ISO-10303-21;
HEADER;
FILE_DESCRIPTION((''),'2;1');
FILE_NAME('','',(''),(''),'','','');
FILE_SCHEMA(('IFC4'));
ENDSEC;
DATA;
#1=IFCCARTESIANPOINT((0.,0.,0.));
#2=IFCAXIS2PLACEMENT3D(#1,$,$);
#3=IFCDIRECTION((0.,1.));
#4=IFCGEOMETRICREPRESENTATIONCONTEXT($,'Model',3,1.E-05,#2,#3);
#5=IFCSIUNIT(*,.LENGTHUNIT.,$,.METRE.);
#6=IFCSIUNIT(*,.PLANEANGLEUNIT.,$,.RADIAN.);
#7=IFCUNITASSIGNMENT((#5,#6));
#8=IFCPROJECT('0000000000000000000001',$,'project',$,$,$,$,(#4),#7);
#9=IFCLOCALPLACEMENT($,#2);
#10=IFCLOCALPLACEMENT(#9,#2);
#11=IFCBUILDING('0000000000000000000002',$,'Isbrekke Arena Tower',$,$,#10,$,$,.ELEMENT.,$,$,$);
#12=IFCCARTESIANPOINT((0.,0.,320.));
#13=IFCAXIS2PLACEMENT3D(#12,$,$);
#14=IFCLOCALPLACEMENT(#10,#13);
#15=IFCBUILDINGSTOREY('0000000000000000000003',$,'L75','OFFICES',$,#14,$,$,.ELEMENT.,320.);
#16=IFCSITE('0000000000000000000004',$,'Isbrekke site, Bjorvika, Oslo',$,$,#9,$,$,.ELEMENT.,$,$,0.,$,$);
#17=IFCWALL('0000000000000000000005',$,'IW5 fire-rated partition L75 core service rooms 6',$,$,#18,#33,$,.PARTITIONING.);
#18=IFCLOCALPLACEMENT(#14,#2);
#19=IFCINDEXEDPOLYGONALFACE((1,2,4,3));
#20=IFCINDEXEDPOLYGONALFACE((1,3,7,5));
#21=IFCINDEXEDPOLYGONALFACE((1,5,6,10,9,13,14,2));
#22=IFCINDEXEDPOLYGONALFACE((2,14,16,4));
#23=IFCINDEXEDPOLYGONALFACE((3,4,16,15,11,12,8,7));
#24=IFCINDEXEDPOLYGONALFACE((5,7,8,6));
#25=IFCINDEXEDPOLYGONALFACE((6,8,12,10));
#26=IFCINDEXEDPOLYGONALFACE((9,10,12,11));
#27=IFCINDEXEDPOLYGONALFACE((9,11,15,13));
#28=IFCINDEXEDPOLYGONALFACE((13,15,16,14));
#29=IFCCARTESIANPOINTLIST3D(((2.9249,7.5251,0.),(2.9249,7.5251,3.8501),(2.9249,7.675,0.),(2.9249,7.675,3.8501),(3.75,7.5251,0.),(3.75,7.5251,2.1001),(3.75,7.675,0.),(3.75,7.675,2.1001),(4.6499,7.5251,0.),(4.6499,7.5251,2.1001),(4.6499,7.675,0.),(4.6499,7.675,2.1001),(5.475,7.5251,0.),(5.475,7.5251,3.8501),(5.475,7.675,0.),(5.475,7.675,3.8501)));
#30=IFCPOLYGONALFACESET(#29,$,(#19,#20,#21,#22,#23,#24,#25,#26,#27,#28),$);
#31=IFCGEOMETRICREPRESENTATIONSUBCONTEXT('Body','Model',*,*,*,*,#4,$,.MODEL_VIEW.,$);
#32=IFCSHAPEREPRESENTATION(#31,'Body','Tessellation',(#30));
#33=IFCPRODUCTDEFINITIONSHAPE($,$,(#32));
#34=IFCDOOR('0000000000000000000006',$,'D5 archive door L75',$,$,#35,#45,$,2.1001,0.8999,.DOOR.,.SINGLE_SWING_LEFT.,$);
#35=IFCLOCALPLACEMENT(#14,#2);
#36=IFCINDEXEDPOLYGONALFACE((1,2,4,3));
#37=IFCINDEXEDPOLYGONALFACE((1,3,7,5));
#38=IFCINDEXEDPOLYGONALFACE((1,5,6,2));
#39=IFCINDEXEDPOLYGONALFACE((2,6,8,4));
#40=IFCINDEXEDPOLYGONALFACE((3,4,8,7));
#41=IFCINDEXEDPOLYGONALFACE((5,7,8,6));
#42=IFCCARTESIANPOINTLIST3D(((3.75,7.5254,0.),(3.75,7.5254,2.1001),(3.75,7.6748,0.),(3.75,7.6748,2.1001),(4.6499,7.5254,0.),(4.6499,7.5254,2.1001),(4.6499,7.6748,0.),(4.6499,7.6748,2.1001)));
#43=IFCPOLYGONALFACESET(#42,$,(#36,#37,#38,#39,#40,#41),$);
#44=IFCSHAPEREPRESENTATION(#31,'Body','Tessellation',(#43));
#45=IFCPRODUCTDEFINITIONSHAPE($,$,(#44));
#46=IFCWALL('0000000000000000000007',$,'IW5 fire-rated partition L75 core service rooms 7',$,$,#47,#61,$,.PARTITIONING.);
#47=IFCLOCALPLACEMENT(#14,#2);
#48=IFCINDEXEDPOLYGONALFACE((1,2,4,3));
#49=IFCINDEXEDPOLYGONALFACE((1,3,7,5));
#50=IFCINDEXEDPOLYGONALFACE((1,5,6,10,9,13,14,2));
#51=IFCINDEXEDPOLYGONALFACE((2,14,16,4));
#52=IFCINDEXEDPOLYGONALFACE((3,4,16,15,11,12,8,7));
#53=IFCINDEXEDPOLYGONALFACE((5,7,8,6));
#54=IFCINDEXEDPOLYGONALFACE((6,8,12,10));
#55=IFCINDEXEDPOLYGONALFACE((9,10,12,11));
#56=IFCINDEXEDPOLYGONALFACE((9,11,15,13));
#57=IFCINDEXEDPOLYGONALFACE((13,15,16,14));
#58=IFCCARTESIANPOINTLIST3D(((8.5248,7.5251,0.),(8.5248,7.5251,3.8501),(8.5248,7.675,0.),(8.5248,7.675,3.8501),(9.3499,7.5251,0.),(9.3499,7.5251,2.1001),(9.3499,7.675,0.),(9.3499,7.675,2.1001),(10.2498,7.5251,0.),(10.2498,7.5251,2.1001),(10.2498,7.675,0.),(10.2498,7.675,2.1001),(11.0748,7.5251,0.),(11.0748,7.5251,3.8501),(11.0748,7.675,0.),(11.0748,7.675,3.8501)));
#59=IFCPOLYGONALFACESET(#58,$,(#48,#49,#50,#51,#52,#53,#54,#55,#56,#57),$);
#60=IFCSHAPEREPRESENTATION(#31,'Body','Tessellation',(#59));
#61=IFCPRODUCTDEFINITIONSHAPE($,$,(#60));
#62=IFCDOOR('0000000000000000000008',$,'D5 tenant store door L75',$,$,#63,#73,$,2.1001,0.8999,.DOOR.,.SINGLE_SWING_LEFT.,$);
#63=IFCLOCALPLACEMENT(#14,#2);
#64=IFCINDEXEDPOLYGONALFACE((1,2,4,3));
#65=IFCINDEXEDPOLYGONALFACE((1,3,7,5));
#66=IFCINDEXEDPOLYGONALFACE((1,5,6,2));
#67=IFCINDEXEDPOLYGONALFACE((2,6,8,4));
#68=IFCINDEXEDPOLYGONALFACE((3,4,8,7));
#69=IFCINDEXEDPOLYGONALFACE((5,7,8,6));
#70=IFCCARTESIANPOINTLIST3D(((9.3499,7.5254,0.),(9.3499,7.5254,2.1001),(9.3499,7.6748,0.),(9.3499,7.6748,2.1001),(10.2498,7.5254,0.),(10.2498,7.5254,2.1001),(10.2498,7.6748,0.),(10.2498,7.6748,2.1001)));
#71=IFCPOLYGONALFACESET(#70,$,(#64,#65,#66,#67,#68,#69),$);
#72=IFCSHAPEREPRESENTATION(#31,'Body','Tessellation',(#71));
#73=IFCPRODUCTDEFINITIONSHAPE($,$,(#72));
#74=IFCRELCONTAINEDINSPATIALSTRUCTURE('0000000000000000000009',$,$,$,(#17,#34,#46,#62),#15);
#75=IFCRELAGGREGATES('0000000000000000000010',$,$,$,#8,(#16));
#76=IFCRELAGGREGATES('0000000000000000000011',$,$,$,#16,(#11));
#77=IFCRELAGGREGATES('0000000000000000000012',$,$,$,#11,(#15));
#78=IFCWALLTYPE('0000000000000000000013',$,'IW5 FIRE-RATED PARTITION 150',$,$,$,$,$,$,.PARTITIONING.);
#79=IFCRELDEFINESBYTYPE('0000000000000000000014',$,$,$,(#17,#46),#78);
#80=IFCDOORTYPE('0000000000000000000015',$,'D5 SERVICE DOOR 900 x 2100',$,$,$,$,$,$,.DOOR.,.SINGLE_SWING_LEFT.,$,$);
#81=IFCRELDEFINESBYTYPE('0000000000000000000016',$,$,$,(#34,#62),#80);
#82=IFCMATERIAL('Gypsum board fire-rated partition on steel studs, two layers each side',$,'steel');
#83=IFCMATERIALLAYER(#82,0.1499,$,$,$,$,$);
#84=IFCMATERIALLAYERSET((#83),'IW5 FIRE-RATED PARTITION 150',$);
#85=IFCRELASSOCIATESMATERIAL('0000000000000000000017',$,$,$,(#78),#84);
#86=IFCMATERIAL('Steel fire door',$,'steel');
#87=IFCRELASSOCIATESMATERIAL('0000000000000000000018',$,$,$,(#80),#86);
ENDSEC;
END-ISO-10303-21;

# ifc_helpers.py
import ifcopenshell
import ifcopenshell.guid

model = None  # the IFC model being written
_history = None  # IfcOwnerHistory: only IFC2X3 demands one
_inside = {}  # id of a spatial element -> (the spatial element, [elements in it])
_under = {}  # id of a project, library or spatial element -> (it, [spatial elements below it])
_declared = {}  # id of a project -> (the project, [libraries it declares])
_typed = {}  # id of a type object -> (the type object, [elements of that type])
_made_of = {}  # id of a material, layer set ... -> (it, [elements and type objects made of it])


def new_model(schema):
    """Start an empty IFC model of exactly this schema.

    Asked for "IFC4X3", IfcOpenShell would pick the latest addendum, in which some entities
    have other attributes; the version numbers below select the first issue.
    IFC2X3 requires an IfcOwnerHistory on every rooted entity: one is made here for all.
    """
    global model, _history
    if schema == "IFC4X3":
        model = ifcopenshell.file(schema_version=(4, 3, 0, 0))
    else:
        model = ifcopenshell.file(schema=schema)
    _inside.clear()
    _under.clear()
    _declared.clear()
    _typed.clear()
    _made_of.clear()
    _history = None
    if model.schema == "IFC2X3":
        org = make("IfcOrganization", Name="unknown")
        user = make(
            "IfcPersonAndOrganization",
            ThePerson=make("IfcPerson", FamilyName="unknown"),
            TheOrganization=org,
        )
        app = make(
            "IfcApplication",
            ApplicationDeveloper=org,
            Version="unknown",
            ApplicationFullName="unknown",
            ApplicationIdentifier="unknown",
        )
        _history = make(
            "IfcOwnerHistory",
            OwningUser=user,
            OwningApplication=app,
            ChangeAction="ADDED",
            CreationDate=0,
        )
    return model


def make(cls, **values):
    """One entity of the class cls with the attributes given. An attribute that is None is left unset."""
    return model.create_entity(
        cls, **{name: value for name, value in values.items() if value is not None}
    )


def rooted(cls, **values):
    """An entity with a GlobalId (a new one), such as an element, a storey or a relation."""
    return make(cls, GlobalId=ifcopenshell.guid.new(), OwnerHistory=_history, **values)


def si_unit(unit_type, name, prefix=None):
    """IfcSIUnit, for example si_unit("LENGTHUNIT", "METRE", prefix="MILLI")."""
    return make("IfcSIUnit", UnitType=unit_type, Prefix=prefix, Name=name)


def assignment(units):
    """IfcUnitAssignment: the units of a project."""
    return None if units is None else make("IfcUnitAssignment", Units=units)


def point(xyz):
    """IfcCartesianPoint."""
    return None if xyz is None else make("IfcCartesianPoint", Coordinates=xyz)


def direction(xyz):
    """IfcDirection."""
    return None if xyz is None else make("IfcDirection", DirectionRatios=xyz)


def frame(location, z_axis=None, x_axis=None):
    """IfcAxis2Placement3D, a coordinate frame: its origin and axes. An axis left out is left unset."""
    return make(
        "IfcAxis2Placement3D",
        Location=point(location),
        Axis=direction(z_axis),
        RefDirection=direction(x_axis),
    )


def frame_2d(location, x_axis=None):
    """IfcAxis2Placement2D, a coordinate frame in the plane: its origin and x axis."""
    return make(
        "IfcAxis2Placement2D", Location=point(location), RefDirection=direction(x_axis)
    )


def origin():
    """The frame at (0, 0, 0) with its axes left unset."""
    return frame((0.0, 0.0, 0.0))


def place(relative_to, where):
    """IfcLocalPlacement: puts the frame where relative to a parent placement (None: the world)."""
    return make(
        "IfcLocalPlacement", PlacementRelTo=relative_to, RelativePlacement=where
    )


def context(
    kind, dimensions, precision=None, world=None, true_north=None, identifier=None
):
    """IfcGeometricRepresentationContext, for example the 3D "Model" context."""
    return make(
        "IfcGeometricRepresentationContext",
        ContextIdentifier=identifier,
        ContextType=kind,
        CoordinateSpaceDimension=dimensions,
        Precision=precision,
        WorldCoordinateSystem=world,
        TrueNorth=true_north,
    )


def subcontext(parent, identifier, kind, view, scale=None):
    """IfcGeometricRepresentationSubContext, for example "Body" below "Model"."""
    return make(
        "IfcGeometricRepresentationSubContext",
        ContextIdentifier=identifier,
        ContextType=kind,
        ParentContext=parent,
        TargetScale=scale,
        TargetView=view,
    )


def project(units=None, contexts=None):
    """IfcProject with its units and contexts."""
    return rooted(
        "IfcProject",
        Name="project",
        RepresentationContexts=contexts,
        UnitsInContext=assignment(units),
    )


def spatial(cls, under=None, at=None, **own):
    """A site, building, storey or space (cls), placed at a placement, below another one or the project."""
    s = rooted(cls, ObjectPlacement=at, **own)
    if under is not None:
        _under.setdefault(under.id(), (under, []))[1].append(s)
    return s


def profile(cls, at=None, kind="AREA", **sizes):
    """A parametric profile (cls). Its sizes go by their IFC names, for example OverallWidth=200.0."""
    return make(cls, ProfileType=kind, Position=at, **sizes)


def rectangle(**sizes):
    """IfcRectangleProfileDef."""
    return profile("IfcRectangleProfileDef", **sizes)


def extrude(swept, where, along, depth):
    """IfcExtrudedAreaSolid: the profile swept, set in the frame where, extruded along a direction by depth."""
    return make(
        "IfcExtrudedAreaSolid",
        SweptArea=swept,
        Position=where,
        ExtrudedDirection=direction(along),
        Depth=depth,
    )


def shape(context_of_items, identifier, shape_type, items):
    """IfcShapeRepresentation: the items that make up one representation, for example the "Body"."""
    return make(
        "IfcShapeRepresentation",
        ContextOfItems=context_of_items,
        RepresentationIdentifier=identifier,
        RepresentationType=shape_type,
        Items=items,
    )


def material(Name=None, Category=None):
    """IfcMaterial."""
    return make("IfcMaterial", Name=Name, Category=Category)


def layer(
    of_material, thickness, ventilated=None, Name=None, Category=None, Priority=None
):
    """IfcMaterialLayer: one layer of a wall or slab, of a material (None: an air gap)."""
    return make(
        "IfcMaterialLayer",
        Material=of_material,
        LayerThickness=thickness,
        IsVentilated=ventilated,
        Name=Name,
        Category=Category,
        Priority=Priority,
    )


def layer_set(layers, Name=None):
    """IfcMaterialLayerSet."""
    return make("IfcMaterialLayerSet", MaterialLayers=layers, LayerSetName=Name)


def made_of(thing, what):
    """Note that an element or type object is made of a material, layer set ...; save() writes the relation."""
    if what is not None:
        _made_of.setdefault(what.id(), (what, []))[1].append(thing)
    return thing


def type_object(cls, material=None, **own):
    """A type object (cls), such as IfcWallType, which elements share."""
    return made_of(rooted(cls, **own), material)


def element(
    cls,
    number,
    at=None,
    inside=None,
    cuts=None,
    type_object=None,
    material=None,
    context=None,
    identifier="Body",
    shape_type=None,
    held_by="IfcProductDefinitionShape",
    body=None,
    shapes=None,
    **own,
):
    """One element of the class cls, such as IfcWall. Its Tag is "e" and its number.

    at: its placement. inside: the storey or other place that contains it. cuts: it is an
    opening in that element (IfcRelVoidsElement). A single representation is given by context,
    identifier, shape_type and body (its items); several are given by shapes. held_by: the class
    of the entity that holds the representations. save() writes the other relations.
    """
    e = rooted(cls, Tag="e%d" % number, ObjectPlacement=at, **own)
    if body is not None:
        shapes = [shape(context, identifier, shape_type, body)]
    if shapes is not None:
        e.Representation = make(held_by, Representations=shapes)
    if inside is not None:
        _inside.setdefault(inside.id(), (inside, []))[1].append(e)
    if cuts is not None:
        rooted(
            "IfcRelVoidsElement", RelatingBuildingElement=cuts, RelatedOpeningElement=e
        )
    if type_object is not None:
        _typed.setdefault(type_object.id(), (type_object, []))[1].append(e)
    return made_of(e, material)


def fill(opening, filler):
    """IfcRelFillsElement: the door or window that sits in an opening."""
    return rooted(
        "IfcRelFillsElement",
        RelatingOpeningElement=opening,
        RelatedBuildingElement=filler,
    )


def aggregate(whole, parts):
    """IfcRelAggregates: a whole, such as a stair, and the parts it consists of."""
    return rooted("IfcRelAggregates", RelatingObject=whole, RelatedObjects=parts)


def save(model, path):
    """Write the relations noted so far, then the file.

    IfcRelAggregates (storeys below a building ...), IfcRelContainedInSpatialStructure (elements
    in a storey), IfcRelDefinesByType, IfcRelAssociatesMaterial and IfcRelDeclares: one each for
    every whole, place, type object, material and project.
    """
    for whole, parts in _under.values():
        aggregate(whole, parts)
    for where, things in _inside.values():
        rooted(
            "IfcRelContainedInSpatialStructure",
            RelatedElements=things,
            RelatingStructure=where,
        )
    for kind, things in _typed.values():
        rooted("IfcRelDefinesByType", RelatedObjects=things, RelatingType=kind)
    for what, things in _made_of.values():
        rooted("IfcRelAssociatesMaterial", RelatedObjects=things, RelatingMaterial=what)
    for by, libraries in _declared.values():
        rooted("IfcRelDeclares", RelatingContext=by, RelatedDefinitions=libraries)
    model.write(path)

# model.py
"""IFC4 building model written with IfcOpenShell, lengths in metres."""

from ifc_helpers import new_model, si_unit, direction, frame, frame_2d, origin, place, context, subcontext, project, spatial, rectangle, extrude, material, layer, layer_set, type_object, element, fill, save


model = new_model("IFC4")

# Units and contexts
model_context = context("Model", 3, precision=1e-05, world=origin(), true_north=direction((0.0, 1.0)))
body_context = subcontext(model_context, "Body", "Model", "MODEL_VIEW")
ifc_project = project(units=[si_unit("LENGTHUNIT", "METRE"), si_unit("PLANEANGLEUNIT", "RADIAN")], contexts=[model_context])

# Site, building, storey
site_placement = place(None, origin())
site = spatial("IfcSite", under=ifc_project, at=site_placement, Name="Isbrekke site, Bjorvika, Oslo", CompositionType="ELEMENT", RefElevation=0.0)
building_placement = place(site_placement, origin())
building = spatial("IfcBuilding", under=site, at=building_placement, Name="Isbrekke Arena Tower", CompositionType="ELEMENT")
storey_placement = place(building_placement, frame((0.0, 0.0, 320.0)))
storey = spatial("IfcBuildingStorey", under=building, at=storey_placement, Name="L75", Description="OFFICES", CompositionType="ELEMENT", Elevation=320.0)

# Shared definitions
ifc_material_1 = material(Name="Gypsum board fire-rated partition on steel studs, two layers each side", Category="steel")
ifc_layer_1 = layer(ifc_material_1, 0.1499)
ifc_layer_set_1 = layer_set([ifc_layer_1], Name="IW5 FIRE-RATED PARTITION 150")
wall_type_1 = type_object("IfcWallType", Name="IW5 FIRE-RATED PARTITION 150", PredefinedType="PARTITIONING", material=ifc_layer_set_1)

# Walls, openings, doors
ifc_material_2 = material(Name="Steel fire door", Category="steel")
door_type_1 = type_object("IfcDoorType", Name="D5 SERVICE DOOR 900 x 2100", OperationType="SINGLE_SWING_LEFT", PredefinedType="DOOR", material=ifc_material_2)
wall_1_placement = place(storey_placement, frame((2.925, 7.6001, 0.0), z_axis=(0.0, 0.0, 1.0), x_axis=(1.0, 0.0, 0.0)))
wall_1 = element("IfcWall", 1, at=wall_1_placement, inside=storey, type_object=wall_type_1, Name="IW5 fire-rated partition L75 core service rooms 6", PredefinedType="PARTITIONING", context=body_context, shape_type="SweptSolid", body=[
    extrude(rectangle(XDim=2.55, YDim=0.1499, at=frame_2d((1.2749, 0.0))), origin(), (0.0, 0.0, 1.0), 3.8501),
])
opening_1_placement = place(wall_1_placement, frame((0.825, 0.0, 0.0)))
opening_1 = element("IfcOpeningElement", 2, at=opening_1_placement, cuts=wall_1, PredefinedType="OPENING", context=body_context, shape_type="SweptSolid", body=[
    extrude(rectangle(XDim=0.8999, YDim=2.1001, at=frame_2d((0.45, 1.05))), frame((0.0, 0.0898, 0.0), z_axis=(0.0, -1.0, 0.0), x_axis=(1.0, 0.0, 0.0)), (0.0, 0.0, 1.0), 0.1797),
])
door_1_placement = place(opening_1_placement, origin())
door_1 = element("IfcDoor", 3, at=door_1_placement, inside=storey, type_object=door_type_1, Name="D5 archive door L75", OperationType="SINGLE_SWING_LEFT", OverallHeight=2.1001, OverallWidth=0.8999, PredefinedType="DOOR", context=body_context, shape_type="SweptSolid", body=[
    extrude(rectangle(XDim=0.8999, YDim=2.1001, at=frame_2d((0.45, 1.05))), frame((0.0, 0.0747, 0.0), z_axis=(0.0, -1.0, 0.0), x_axis=(1.0, 0.0, 0.0)), (0.0, 0.0, 1.0), 0.1494),
])
fill(opening_1, door_1)
wall_2_placement = place(storey_placement, frame((8.5249, 7.6001, 0.0), z_axis=(0.0, 0.0, 1.0), x_axis=(1.0, 0.0, 0.0)))
wall_2 = element("IfcWall", 4, at=wall_2_placement, inside=storey, type_object=wall_type_1, Name="IW5 fire-rated partition L75 core service rooms 7", PredefinedType="PARTITIONING", context=body_context, shape_type="SweptSolid", body=[
    extrude(rectangle(XDim=2.55, YDim=0.1499, at=frame_2d((1.2749, 0.0))), origin(), (0.0, 0.0, 1.0), 3.8501),
])
opening_2_placement = place(wall_2_placement, frame((0.825, 0.0, 0.0)))
opening_2 = element("IfcOpeningElement", 5, at=opening_2_placement, cuts=wall_2, PredefinedType="OPENING", context=body_context, shape_type="SweptSolid", body=[
    extrude(rectangle(XDim=0.8999, YDim=2.1001, at=frame_2d((0.45, 1.05))), frame((0.0, 0.0898, 0.0), z_axis=(0.0, -1.0, 0.0), x_axis=(1.0, 0.0, 0.0)), (0.0, 0.0, 1.0), 0.1797),
])
door_2_placement = place(opening_2_placement, origin())
door_2 = element("IfcDoor", 6, at=door_2_placement, inside=storey, type_object=door_type_1, Name="D5 tenant store door L75", OperationType="SINGLE_SWING_LEFT", OverallHeight=2.1001, OverallWidth=0.8999, PredefinedType="DOOR", context=body_context, shape_type="SweptSolid", body=[
    extrude(rectangle(XDim=0.8999, YDim=2.1001, at=frame_2d((0.45, 1.05))), frame((0.0, 0.0747, 0.0), z_axis=(0.0, -1.0, 0.0), x_axis=(1.0, 0.0, 0.0)), (0.0, 0.0, 1.0), 0.1494),
])
fill(opening_2, door_2)

save(model, "model.ifc")
